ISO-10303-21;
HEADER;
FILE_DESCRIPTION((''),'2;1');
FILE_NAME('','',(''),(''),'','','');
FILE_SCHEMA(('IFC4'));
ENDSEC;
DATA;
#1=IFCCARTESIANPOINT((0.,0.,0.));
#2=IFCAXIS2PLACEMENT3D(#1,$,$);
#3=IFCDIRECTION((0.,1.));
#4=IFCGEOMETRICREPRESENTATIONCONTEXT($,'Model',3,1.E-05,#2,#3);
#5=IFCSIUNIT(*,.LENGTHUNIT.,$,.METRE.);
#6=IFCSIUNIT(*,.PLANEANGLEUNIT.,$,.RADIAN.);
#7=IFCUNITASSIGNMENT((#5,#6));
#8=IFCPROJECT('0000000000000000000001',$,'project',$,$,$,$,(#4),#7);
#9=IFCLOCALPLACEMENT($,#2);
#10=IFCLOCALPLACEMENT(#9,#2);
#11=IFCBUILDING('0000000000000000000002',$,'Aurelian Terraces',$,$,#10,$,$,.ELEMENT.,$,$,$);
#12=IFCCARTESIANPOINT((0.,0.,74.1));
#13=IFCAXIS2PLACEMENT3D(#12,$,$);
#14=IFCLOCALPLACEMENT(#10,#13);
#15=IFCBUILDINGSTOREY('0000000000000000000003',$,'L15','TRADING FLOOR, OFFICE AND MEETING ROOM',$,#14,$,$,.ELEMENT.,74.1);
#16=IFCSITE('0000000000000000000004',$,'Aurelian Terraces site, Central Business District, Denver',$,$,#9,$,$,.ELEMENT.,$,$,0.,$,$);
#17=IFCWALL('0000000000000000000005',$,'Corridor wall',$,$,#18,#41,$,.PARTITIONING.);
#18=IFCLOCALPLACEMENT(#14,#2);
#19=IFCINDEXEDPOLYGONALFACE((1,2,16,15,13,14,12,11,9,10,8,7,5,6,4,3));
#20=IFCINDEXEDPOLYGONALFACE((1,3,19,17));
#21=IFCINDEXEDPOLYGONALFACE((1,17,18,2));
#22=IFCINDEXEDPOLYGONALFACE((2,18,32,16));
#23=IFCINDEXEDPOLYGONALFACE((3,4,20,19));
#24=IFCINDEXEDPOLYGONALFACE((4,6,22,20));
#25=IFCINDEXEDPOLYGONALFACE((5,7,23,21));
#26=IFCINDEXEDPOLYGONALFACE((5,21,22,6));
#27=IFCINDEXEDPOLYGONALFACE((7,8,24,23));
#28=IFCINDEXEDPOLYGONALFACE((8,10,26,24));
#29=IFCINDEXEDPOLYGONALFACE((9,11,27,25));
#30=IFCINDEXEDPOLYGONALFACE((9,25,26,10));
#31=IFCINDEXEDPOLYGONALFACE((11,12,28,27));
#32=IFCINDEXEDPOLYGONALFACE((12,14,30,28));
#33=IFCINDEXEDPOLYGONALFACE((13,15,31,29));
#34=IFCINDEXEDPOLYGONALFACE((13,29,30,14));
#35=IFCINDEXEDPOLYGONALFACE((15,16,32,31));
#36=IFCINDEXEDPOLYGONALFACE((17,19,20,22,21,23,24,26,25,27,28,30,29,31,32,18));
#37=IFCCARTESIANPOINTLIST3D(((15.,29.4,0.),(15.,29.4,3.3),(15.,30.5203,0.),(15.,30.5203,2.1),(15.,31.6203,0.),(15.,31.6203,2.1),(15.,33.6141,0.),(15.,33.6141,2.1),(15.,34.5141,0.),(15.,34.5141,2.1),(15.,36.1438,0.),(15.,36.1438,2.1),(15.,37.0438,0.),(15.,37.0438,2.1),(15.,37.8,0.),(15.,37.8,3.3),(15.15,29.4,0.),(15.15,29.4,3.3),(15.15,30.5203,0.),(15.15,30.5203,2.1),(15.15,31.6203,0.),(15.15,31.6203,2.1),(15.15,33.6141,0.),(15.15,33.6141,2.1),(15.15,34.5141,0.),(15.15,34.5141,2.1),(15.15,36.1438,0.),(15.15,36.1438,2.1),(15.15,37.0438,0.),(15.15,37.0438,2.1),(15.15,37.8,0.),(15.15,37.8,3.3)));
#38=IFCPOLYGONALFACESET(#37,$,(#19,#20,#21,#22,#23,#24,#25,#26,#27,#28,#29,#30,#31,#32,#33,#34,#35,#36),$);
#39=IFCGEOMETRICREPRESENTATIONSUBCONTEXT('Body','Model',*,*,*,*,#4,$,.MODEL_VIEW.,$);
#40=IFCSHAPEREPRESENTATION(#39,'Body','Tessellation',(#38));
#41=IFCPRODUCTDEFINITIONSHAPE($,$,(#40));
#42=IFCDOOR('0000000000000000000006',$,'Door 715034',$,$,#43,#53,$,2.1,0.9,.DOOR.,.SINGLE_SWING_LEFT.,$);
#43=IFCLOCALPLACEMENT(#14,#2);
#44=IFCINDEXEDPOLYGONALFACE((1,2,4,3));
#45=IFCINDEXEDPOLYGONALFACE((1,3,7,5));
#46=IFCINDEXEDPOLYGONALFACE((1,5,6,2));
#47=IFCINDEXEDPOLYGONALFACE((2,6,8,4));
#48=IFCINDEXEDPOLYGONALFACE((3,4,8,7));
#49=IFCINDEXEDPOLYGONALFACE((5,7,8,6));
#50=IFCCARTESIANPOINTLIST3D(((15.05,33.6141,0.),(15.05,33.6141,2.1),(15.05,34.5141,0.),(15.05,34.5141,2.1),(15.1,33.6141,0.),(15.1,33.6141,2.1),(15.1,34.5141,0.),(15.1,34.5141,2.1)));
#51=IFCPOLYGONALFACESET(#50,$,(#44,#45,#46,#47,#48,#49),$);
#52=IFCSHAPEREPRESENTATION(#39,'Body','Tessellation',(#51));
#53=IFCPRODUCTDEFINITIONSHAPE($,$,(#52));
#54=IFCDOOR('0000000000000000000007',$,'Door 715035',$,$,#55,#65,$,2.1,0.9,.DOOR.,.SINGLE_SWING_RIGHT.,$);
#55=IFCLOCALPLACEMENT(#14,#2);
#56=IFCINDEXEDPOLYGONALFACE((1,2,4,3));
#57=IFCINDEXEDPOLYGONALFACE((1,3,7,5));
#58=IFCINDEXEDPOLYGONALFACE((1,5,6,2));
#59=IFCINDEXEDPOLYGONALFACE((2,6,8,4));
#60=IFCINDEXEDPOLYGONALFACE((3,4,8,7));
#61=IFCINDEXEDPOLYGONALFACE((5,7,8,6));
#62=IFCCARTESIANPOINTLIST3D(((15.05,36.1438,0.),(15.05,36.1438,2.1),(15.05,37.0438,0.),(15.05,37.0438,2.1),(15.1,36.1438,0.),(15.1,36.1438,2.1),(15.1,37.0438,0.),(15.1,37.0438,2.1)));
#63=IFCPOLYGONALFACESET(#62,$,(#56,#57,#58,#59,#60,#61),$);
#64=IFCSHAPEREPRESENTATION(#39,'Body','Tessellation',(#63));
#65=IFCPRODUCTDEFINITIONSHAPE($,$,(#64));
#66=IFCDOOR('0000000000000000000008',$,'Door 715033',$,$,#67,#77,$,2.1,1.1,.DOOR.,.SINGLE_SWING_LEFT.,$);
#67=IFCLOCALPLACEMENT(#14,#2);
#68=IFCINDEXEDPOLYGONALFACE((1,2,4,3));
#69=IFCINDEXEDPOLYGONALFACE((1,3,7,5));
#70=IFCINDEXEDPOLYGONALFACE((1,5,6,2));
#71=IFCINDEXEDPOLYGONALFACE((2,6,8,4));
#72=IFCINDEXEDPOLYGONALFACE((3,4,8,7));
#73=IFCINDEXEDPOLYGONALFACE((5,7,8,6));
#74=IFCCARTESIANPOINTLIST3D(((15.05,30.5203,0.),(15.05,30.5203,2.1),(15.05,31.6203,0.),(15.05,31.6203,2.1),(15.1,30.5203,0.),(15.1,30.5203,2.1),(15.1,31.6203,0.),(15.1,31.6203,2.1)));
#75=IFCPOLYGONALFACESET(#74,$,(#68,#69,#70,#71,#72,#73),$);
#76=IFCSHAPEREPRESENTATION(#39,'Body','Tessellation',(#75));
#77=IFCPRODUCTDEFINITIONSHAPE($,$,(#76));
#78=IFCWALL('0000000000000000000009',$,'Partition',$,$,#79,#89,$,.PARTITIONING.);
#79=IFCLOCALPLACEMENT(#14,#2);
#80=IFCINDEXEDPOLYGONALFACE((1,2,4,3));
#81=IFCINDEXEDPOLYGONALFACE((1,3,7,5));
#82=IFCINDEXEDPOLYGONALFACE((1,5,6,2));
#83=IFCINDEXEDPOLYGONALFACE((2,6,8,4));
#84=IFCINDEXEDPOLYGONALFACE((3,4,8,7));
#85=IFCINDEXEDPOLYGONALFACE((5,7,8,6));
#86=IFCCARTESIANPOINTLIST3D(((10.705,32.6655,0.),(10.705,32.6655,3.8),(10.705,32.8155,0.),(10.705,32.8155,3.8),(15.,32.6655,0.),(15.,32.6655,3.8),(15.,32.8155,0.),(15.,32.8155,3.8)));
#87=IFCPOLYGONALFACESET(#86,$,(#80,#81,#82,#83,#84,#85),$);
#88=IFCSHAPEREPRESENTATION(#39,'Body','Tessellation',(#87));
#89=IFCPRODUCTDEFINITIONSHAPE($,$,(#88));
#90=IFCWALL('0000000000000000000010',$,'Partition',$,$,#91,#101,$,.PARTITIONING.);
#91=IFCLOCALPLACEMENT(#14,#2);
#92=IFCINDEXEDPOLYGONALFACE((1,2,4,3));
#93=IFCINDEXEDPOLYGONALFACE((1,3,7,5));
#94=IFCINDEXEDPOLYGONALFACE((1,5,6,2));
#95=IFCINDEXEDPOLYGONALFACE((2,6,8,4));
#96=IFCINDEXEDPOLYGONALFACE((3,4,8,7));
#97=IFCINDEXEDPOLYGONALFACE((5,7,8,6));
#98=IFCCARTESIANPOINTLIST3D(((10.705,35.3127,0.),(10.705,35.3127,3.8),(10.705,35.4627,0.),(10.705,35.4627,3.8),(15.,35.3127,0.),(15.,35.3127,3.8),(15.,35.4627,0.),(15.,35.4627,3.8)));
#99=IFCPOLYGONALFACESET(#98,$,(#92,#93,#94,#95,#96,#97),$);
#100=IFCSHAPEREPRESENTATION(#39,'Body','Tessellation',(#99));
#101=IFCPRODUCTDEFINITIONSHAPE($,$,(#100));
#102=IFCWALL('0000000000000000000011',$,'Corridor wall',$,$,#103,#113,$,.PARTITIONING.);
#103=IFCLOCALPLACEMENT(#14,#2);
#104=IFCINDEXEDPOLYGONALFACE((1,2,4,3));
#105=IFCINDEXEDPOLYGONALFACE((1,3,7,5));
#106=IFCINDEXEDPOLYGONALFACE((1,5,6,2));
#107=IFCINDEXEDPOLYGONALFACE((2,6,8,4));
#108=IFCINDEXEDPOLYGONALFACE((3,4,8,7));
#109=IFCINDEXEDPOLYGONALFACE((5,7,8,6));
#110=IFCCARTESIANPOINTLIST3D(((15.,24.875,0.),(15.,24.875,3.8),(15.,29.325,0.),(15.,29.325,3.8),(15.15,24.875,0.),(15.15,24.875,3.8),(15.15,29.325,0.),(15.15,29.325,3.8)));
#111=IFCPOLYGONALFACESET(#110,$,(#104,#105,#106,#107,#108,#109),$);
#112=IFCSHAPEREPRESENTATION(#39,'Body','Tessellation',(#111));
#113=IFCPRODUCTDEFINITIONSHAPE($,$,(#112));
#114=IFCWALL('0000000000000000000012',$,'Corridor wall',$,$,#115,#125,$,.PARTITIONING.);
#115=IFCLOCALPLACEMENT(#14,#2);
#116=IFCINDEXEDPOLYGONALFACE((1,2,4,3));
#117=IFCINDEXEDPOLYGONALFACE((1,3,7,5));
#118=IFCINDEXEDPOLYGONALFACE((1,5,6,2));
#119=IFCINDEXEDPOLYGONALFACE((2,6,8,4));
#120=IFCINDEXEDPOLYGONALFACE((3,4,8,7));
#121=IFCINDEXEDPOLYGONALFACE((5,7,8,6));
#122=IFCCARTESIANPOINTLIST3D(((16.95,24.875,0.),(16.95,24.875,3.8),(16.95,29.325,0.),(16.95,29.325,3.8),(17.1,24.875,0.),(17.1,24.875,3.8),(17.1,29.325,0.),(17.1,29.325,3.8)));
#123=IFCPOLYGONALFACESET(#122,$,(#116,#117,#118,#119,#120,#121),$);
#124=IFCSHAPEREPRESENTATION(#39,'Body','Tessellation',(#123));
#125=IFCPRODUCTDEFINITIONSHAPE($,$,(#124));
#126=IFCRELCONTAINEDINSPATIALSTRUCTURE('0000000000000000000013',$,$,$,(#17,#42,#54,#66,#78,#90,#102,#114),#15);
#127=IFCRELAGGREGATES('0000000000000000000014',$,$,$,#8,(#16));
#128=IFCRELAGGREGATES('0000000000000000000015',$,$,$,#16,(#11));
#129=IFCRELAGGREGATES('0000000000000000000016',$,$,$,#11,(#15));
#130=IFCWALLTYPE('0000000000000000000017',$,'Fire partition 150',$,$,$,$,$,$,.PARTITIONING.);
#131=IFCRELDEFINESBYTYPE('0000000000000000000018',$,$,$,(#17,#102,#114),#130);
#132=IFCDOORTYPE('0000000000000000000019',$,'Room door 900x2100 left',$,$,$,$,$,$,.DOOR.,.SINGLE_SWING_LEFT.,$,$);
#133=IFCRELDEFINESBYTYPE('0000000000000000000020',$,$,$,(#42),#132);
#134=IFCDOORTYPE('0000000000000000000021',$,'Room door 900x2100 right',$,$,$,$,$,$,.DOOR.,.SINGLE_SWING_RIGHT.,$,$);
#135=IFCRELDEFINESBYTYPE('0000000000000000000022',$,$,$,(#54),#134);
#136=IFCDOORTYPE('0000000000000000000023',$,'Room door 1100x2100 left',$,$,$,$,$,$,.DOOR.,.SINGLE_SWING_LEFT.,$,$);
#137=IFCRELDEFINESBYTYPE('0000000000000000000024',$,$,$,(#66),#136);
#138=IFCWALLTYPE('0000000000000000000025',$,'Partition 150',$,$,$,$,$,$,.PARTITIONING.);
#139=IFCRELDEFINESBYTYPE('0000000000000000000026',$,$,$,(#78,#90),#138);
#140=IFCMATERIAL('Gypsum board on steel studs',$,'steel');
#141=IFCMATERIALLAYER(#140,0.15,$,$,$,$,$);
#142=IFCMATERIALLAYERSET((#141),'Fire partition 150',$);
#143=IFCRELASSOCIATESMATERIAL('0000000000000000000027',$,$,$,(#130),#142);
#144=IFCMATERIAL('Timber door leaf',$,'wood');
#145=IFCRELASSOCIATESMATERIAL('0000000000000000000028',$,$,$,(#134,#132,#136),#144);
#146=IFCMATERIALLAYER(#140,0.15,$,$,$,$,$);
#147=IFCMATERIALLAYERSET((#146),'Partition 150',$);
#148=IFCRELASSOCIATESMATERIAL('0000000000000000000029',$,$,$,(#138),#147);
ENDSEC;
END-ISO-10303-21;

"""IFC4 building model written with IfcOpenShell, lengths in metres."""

from ifc_helpers import new_model, si_unit, direction, frame, frame_2d, origin, place, context, subcontext, project, spatial, rectangle, extrude, source, transform, mapped, material, layer, layer_set, type_object, element, fill, save


model = new_model("IFC4")

# Units and contexts
model_context = context("Model", 3, precision=1e-05, world=origin(), true_north=direction((0.0, 1.0)))
body_context = subcontext(model_context, "Body", "Model", "MODEL_VIEW")
ifc_project = project(units=[si_unit("LENGTHUNIT", "METRE"), si_unit("PLANEANGLEUNIT", "RADIAN")], contexts=[model_context])

# Site, building, storey
site_placement = place(None, origin())
site = spatial("IfcSite", under=ifc_project, at=site_placement, Name="Aurelian Terraces site, Central Business District, Denver", CompositionType="ELEMENT", RefElevation=0.0)
building_placement = place(site_placement, origin())
building = spatial("IfcBuilding", under=site, at=building_placement, Name="Aurelian Terraces", CompositionType="ELEMENT")
storey_placement = place(building_placement, frame((0.0, 0.0, 74.1)))
storey = spatial("IfcBuildingStorey", under=building, at=storey_placement, Name="L15", Description="TRADING FLOOR, OFFICE AND MEETING ROOM", CompositionType="ELEMENT", Elevation=74.1)

# Shared definitions
ifc_material_1 = material(Name="Gypsum board on steel studs", Category="steel")
ifc_layer_1 = layer(ifc_material_1, 0.15)
ifc_layer_set_1 = layer_set([ifc_layer_1], Name="Fire partition 150")
wall_type_1 = type_object("IfcWallType", Name="Fire partition 150", PredefinedType="PARTITIONING", material=ifc_layer_set_1)
shared_shape_1 = source(origin(), body_context, "Body", "SweptSolid", [
    extrude(rectangle(XDim=0.9, YDim=2.1, at=frame_2d((0.45, 1.05))), frame((0.0, 0.085, 0.0), z_axis=(0.0, -1.0, 0.0), x_axis=(1.0, 0.0, 0.0)), (0.0, 0.0, 1.0), 0.17),
])
ifc_material_2 = material(Name="Timber door leaf", Category="wood")
door_type_1 = type_object("IfcDoorType", Name="Room door 900x2100 right", OperationType="SINGLE_SWING_RIGHT", PredefinedType="DOOR", material=ifc_material_2)
shared_shape_2 = source(origin(), body_context, "Body", "SweptSolid", [
    extrude(rectangle(XDim=0.9, YDim=2.1, at=frame_2d((0.45, 1.05))), frame((0.0, 0.025, 0.0), z_axis=(0.0, -1.0, 0.0), x_axis=(1.0, 0.0, 0.0)), (0.0, 0.0, 1.0), 0.05),
])
ifc_layer_2 = layer(ifc_material_1, 0.15)
ifc_layer_set_2 = layer_set([ifc_layer_2], Name="Partition 150")
wall_type_2 = type_object("IfcWallType", Name="Partition 150", PredefinedType="PARTITIONING", material=ifc_layer_set_2)
door_type_2 = type_object("IfcDoorType", Name="Room door 900x2100 left", OperationType="SINGLE_SWING_LEFT", PredefinedType="DOOR", material=ifc_material_2)

# Wall, openings, doors
shared_shape_3 = source(origin(), body_context, "Body", "SweptSolid", [
    extrude(rectangle(XDim=8.4, YDim=0.15, at=frame_2d((4.2, 0.0))), origin(), (0.0, 0.0, 1.0), 3.3),
])
wall_1_placement = place(storey_placement, frame((15.075, 29.4, 0.0), z_axis=(0.0, 0.0, 1.0), x_axis=(0.0, 1.0, 0.0)))
wall_1 = element("IfcWall", 1, at=wall_1_placement, inside=storey, type_object=wall_type_1, Name="Corridor wall", PredefinedType="PARTITIONING", context=body_context, shape_type="MappedRepresentation", body=[
    mapped(shared_shape_3, transform((0.0, 0.0, 0.0), scale=1.0)),
])
shared_shape_4 = source(origin(), body_context, "Body", "SweptSolid", [
    extrude(rectangle(XDim=1.1, YDim=2.1, at=frame_2d((0.55, 1.05))), frame((0.0, 0.085, 0.0), z_axis=(0.0, -1.0, 0.0), x_axis=(1.0, 0.0, 0.0)), (0.0, 0.0, 1.0), 0.17),
])
opening_1_placement = place(wall_1_placement, frame((1.1203, 0.0, 0.0)))
opening_1 = element("IfcOpeningElement", 2, at=opening_1_placement, cuts=wall_1, PredefinedType="OPENING", context=body_context, shape_type="MappedRepresentation", body=[
    mapped(shared_shape_4, transform((0.0, 0.0, 0.0), scale=1.0)),
])
opening_2_placement = place(wall_1_placement, frame((4.2141, 0.0, 0.0)))
opening_2 = element("IfcOpeningElement", 3, at=opening_2_placement, cuts=wall_1, PredefinedType="OPENING", context=body_context, shape_type="MappedRepresentation", body=[
    mapped(shared_shape_1, transform((0.0, 0.0, 0.0), scale=1.0)),
])
opening_3_placement = place(wall_1_placement, frame((6.7438, 0.0, 0.0)))
opening_3 = element("IfcOpeningElement", 4, at=opening_3_placement, cuts=wall_1, PredefinedType="OPENING", context=body_context, shape_type="MappedRepresentation", body=[
    mapped(shared_shape_1, transform((0.0, 0.0, 0.0), scale=1.0)),
])
door_1_placement = place(opening_2_placement, origin())
door_1 = element("IfcDoor", 5, at=door_1_placement, inside=storey, type_object=door_type_2, Name="Door 715034", OperationType="SINGLE_SWING_LEFT", OverallHeight=2.1, OverallWidth=0.9, PredefinedType="DOOR", context=body_context, shape_type="MappedRepresentation", body=[
    mapped(shared_shape_2, transform((0.0, 0.0, 0.0), scale=1.0)),
])
fill(opening_2, door_1)
door_2_placement = place(opening_3_placement, origin())
door_2 = element("IfcDoor", 6, at=door_2_placement, inside=storey, type_object=door_type_1, Name="Door 715035", OperationType="SINGLE_SWING_RIGHT", OverallHeight=2.1, OverallWidth=0.9, PredefinedType="DOOR", context=body_context, shape_type="MappedRepresentation", body=[
    mapped(shared_shape_2, transform((0.0, 0.0, 0.0), scale=1.0)),
])
fill(opening_3, door_2)
door_type_3 = type_object("IfcDoorType", Name="Room door 1100x2100 left", OperationType="SINGLE_SWING_LEFT", PredefinedType="DOOR", material=ifc_material_2)
shared_shape_5 = source(origin(), body_context, "Body", "SweptSolid", [
    extrude(rectangle(XDim=1.1, YDim=2.1, at=frame_2d((0.55, 1.05))), frame((0.0, 0.025, 0.0), z_axis=(0.0, -1.0, 0.0), x_axis=(1.0, 0.0, 0.0)), (0.0, 0.0, 1.0), 0.05),
])
door_3_placement = place(opening_1_placement, origin())
door_3 = element("IfcDoor", 7, at=door_3_placement, inside=storey, type_object=door_type_3, Name="Door 715033", OperationType="SINGLE_SWING_LEFT", OverallHeight=2.1, OverallWidth=1.1, PredefinedType="DOOR", context=body_context, shape_type="MappedRepresentation", body=[
    mapped(shared_shape_5, transform((0.0, 0.0, 0.0), scale=1.0)),
])
fill(opening_1, door_3)

# Walls
shared_shape_6 = source(origin(), body_context, "Body", "SweptSolid", [
    extrude(rectangle(XDim=4.295, YDim=0.15, at=frame_2d((2.1475, 0.0))), origin(), (0.0, 0.0, 1.0), 3.8),
])
for number, where, z_axis, x_axis, name in (
    (8, (15.0, 32.7405, 0.0), (0.0, 0.0, 1.0), (-1.0, 0.0, 0.0), "Partition"),
    (9, (15.0, 35.3877, 0.0), (0.0, 0.0, 1.0), (-1.0, 0.0, 0.0), "Partition"),
):
    element("IfcWall", number, at=place(storey_placement, frame(where, z_axis=z_axis, x_axis=x_axis)), inside=storey, type_object=wall_type_2, Name=name, PredefinedType="PARTITIONING", context=body_context, shape_type="MappedRepresentation", body=[
        mapped(shared_shape_6, transform((0.0, 0.0, 0.0), scale=1.0)),
    ])
shared_shape_7 = source(origin(), body_context, "Body", "SweptSolid", [
    extrude(rectangle(XDim=4.45, YDim=0.15, at=frame_2d((2.225, 0.0))), origin(), (0.0, 0.0, 1.0), 3.8),
])
for number, where, z_axis, x_axis, name in (
    (10, (15.075, 24.875, 0.0), (0.0, 0.0, 1.0), (0.0, 1.0, 0.0), "Corridor wall"),
    (11, (17.025, 29.325, 0.0), (0.0, 0.0, 1.0), (0.0, -1.0, 0.0), "Corridor wall"),
):
    element("IfcWall", number, at=place(storey_placement, frame(where, z_axis=z_axis, x_axis=x_axis)), inside=storey, type_object=wall_type_1, Name=name, PredefinedType="PARTITIONING", context=body_context, shape_type="MappedRepresentation", body=[
        mapped(shared_shape_7, transform((0.0, 0.0, 0.0), scale=1.0)),
    ])

save(model, "model.ifc")
